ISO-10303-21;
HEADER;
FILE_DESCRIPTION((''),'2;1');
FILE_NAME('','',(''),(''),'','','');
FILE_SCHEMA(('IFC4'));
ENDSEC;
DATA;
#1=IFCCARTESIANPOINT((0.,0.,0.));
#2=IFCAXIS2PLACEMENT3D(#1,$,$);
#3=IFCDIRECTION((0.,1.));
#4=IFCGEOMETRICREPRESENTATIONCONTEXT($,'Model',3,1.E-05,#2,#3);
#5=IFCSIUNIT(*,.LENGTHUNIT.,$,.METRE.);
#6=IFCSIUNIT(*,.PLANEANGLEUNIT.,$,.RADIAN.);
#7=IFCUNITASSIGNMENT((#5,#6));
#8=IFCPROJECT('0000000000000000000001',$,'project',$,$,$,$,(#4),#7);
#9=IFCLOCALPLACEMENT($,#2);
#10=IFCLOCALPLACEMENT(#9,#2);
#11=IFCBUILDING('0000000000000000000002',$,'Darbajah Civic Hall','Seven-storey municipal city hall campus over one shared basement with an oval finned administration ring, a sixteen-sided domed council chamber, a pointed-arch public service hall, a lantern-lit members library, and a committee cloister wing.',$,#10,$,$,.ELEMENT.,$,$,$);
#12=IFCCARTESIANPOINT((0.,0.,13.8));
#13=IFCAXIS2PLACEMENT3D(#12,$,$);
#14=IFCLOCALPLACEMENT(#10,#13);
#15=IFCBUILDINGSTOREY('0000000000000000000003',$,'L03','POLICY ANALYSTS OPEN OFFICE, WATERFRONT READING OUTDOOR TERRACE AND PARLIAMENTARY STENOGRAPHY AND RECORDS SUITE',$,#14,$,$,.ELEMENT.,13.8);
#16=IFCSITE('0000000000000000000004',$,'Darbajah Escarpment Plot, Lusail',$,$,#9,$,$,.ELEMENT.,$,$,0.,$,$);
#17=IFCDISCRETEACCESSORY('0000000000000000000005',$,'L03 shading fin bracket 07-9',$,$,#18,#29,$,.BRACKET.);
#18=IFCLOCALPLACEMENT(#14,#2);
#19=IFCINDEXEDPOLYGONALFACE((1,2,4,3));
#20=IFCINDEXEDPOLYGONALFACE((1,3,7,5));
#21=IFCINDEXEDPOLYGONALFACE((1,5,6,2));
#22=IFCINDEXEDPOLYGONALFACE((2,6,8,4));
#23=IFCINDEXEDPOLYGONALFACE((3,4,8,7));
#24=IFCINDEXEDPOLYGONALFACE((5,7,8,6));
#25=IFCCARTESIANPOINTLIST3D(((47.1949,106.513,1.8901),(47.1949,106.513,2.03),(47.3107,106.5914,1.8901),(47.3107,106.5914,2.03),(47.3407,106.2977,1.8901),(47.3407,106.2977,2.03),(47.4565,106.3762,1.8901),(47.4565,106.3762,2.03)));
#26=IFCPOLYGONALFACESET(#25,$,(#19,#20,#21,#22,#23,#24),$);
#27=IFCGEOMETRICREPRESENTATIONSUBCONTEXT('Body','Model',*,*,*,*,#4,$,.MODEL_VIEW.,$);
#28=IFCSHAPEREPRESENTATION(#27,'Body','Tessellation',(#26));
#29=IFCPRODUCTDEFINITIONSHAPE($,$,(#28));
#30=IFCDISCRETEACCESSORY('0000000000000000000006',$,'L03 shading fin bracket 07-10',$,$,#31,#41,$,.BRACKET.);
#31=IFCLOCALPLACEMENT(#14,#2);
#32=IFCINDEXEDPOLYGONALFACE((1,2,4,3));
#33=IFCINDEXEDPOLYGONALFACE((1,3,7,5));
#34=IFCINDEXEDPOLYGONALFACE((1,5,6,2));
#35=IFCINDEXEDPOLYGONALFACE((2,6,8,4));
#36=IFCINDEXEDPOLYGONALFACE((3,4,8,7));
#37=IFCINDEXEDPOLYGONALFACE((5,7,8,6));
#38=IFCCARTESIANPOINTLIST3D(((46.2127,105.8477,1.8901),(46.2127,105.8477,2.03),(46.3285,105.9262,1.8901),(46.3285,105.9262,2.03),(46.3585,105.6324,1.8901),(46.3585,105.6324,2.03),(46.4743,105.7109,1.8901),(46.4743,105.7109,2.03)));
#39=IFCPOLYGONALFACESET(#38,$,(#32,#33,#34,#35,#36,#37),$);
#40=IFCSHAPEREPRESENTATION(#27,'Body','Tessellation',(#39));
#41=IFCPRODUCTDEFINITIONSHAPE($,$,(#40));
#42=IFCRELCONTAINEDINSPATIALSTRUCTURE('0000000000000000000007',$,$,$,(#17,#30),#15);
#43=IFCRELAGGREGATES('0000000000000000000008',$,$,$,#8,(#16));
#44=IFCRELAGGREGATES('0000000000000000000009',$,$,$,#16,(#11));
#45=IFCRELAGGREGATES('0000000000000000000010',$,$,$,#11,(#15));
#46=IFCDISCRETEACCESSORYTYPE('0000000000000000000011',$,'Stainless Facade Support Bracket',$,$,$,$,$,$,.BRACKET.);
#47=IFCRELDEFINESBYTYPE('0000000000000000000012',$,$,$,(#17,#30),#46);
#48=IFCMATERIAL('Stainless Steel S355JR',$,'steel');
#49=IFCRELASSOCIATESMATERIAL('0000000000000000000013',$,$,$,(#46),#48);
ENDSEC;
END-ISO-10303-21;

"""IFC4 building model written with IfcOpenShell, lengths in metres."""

from ifc_helpers import new_model, si_unit, direction, frame, origin, origin_2d, place, context, subcontext, project, spatial, rectangle, extrude, material, type_object, element, save


model = new_model("IFC4")

# Units and contexts
model_context = context("Model", 3, precision=1e-05, world=origin(), true_north=direction((0.0, 1.0)))
body_context = subcontext(model_context, "Body", "Model", "MODEL_VIEW")
ifc_project = project(units=[si_unit("LENGTHUNIT", "METRE"), si_unit("PLANEANGLEUNIT", "RADIAN")], contexts=[model_context])

# Site, building, storey
site_placement = place(None, origin())
site = spatial("IfcSite", under=ifc_project, at=site_placement, Name="Darbajah Escarpment Plot, Lusail", CompositionType="ELEMENT", RefElevation=0.0)
building_placement = place(site_placement, origin())
building = spatial("IfcBuilding", under=site, at=building_placement, Name="Darbajah Civic Hall", Description="Seven-storey municipal city hall campus over one shared basement with an oval finned administration ring, a sixteen-sided domed council chamber, a pointed-arch public service hall, a lantern-lit members library, and a committee cloister wing.", CompositionType="ELEMENT")
storey_placement = place(building_placement, frame((0.0, 0.0, 13.8)))
storey = spatial("IfcBuildingStorey", under=building, at=storey_placement, Name="L03", Description="POLICY ANALYSTS OPEN OFFICE, WATERFRONT READING OUTDOOR TERRACE AND PARLIAMENTARY STENOGRAPHY AND RECORDS SUITE", CompositionType="ELEMENT", Elevation=13.8)

# Discrete accessories
ifc_material_1 = material(Name="Stainless Steel S355JR", Category="steel")
discrete_accessory_type = type_object("IfcDiscreteAccessoryType", Name="Stainless Facade Support Bracket", PredefinedType="BRACKET", material=ifc_material_1)
for number, where, z_axis, x_axis, name in (
    (1, (47.3257, 106.4446, 1.8901), (0.0, 0.0, 1.0), (-0.560784, 0.827962, 0.0), "L03 shading fin bracket 07-9"),
    (2, (46.3435, 105.7793, 1.8901), (0.0, 0.0, 1.0), (-0.560784, 0.827962, 0.0), "L03 shading fin bracket 07-10"),
):
    element("IfcDiscreteAccessory", number, at=place(storey_placement, frame(where, z_axis=z_axis, x_axis=x_axis)), inside=storey, type_object=discrete_accessory_type, Name=name, PredefinedType="BRACKET", context=body_context, shape_type="SweptSolid", body=[
        extrude(rectangle(XDim=0.26, YDim=0.1399, at=origin_2d()), origin(), (0.0, 0.0, 1.0), 0.1399),
    ])

save(model, "model.ifc")
